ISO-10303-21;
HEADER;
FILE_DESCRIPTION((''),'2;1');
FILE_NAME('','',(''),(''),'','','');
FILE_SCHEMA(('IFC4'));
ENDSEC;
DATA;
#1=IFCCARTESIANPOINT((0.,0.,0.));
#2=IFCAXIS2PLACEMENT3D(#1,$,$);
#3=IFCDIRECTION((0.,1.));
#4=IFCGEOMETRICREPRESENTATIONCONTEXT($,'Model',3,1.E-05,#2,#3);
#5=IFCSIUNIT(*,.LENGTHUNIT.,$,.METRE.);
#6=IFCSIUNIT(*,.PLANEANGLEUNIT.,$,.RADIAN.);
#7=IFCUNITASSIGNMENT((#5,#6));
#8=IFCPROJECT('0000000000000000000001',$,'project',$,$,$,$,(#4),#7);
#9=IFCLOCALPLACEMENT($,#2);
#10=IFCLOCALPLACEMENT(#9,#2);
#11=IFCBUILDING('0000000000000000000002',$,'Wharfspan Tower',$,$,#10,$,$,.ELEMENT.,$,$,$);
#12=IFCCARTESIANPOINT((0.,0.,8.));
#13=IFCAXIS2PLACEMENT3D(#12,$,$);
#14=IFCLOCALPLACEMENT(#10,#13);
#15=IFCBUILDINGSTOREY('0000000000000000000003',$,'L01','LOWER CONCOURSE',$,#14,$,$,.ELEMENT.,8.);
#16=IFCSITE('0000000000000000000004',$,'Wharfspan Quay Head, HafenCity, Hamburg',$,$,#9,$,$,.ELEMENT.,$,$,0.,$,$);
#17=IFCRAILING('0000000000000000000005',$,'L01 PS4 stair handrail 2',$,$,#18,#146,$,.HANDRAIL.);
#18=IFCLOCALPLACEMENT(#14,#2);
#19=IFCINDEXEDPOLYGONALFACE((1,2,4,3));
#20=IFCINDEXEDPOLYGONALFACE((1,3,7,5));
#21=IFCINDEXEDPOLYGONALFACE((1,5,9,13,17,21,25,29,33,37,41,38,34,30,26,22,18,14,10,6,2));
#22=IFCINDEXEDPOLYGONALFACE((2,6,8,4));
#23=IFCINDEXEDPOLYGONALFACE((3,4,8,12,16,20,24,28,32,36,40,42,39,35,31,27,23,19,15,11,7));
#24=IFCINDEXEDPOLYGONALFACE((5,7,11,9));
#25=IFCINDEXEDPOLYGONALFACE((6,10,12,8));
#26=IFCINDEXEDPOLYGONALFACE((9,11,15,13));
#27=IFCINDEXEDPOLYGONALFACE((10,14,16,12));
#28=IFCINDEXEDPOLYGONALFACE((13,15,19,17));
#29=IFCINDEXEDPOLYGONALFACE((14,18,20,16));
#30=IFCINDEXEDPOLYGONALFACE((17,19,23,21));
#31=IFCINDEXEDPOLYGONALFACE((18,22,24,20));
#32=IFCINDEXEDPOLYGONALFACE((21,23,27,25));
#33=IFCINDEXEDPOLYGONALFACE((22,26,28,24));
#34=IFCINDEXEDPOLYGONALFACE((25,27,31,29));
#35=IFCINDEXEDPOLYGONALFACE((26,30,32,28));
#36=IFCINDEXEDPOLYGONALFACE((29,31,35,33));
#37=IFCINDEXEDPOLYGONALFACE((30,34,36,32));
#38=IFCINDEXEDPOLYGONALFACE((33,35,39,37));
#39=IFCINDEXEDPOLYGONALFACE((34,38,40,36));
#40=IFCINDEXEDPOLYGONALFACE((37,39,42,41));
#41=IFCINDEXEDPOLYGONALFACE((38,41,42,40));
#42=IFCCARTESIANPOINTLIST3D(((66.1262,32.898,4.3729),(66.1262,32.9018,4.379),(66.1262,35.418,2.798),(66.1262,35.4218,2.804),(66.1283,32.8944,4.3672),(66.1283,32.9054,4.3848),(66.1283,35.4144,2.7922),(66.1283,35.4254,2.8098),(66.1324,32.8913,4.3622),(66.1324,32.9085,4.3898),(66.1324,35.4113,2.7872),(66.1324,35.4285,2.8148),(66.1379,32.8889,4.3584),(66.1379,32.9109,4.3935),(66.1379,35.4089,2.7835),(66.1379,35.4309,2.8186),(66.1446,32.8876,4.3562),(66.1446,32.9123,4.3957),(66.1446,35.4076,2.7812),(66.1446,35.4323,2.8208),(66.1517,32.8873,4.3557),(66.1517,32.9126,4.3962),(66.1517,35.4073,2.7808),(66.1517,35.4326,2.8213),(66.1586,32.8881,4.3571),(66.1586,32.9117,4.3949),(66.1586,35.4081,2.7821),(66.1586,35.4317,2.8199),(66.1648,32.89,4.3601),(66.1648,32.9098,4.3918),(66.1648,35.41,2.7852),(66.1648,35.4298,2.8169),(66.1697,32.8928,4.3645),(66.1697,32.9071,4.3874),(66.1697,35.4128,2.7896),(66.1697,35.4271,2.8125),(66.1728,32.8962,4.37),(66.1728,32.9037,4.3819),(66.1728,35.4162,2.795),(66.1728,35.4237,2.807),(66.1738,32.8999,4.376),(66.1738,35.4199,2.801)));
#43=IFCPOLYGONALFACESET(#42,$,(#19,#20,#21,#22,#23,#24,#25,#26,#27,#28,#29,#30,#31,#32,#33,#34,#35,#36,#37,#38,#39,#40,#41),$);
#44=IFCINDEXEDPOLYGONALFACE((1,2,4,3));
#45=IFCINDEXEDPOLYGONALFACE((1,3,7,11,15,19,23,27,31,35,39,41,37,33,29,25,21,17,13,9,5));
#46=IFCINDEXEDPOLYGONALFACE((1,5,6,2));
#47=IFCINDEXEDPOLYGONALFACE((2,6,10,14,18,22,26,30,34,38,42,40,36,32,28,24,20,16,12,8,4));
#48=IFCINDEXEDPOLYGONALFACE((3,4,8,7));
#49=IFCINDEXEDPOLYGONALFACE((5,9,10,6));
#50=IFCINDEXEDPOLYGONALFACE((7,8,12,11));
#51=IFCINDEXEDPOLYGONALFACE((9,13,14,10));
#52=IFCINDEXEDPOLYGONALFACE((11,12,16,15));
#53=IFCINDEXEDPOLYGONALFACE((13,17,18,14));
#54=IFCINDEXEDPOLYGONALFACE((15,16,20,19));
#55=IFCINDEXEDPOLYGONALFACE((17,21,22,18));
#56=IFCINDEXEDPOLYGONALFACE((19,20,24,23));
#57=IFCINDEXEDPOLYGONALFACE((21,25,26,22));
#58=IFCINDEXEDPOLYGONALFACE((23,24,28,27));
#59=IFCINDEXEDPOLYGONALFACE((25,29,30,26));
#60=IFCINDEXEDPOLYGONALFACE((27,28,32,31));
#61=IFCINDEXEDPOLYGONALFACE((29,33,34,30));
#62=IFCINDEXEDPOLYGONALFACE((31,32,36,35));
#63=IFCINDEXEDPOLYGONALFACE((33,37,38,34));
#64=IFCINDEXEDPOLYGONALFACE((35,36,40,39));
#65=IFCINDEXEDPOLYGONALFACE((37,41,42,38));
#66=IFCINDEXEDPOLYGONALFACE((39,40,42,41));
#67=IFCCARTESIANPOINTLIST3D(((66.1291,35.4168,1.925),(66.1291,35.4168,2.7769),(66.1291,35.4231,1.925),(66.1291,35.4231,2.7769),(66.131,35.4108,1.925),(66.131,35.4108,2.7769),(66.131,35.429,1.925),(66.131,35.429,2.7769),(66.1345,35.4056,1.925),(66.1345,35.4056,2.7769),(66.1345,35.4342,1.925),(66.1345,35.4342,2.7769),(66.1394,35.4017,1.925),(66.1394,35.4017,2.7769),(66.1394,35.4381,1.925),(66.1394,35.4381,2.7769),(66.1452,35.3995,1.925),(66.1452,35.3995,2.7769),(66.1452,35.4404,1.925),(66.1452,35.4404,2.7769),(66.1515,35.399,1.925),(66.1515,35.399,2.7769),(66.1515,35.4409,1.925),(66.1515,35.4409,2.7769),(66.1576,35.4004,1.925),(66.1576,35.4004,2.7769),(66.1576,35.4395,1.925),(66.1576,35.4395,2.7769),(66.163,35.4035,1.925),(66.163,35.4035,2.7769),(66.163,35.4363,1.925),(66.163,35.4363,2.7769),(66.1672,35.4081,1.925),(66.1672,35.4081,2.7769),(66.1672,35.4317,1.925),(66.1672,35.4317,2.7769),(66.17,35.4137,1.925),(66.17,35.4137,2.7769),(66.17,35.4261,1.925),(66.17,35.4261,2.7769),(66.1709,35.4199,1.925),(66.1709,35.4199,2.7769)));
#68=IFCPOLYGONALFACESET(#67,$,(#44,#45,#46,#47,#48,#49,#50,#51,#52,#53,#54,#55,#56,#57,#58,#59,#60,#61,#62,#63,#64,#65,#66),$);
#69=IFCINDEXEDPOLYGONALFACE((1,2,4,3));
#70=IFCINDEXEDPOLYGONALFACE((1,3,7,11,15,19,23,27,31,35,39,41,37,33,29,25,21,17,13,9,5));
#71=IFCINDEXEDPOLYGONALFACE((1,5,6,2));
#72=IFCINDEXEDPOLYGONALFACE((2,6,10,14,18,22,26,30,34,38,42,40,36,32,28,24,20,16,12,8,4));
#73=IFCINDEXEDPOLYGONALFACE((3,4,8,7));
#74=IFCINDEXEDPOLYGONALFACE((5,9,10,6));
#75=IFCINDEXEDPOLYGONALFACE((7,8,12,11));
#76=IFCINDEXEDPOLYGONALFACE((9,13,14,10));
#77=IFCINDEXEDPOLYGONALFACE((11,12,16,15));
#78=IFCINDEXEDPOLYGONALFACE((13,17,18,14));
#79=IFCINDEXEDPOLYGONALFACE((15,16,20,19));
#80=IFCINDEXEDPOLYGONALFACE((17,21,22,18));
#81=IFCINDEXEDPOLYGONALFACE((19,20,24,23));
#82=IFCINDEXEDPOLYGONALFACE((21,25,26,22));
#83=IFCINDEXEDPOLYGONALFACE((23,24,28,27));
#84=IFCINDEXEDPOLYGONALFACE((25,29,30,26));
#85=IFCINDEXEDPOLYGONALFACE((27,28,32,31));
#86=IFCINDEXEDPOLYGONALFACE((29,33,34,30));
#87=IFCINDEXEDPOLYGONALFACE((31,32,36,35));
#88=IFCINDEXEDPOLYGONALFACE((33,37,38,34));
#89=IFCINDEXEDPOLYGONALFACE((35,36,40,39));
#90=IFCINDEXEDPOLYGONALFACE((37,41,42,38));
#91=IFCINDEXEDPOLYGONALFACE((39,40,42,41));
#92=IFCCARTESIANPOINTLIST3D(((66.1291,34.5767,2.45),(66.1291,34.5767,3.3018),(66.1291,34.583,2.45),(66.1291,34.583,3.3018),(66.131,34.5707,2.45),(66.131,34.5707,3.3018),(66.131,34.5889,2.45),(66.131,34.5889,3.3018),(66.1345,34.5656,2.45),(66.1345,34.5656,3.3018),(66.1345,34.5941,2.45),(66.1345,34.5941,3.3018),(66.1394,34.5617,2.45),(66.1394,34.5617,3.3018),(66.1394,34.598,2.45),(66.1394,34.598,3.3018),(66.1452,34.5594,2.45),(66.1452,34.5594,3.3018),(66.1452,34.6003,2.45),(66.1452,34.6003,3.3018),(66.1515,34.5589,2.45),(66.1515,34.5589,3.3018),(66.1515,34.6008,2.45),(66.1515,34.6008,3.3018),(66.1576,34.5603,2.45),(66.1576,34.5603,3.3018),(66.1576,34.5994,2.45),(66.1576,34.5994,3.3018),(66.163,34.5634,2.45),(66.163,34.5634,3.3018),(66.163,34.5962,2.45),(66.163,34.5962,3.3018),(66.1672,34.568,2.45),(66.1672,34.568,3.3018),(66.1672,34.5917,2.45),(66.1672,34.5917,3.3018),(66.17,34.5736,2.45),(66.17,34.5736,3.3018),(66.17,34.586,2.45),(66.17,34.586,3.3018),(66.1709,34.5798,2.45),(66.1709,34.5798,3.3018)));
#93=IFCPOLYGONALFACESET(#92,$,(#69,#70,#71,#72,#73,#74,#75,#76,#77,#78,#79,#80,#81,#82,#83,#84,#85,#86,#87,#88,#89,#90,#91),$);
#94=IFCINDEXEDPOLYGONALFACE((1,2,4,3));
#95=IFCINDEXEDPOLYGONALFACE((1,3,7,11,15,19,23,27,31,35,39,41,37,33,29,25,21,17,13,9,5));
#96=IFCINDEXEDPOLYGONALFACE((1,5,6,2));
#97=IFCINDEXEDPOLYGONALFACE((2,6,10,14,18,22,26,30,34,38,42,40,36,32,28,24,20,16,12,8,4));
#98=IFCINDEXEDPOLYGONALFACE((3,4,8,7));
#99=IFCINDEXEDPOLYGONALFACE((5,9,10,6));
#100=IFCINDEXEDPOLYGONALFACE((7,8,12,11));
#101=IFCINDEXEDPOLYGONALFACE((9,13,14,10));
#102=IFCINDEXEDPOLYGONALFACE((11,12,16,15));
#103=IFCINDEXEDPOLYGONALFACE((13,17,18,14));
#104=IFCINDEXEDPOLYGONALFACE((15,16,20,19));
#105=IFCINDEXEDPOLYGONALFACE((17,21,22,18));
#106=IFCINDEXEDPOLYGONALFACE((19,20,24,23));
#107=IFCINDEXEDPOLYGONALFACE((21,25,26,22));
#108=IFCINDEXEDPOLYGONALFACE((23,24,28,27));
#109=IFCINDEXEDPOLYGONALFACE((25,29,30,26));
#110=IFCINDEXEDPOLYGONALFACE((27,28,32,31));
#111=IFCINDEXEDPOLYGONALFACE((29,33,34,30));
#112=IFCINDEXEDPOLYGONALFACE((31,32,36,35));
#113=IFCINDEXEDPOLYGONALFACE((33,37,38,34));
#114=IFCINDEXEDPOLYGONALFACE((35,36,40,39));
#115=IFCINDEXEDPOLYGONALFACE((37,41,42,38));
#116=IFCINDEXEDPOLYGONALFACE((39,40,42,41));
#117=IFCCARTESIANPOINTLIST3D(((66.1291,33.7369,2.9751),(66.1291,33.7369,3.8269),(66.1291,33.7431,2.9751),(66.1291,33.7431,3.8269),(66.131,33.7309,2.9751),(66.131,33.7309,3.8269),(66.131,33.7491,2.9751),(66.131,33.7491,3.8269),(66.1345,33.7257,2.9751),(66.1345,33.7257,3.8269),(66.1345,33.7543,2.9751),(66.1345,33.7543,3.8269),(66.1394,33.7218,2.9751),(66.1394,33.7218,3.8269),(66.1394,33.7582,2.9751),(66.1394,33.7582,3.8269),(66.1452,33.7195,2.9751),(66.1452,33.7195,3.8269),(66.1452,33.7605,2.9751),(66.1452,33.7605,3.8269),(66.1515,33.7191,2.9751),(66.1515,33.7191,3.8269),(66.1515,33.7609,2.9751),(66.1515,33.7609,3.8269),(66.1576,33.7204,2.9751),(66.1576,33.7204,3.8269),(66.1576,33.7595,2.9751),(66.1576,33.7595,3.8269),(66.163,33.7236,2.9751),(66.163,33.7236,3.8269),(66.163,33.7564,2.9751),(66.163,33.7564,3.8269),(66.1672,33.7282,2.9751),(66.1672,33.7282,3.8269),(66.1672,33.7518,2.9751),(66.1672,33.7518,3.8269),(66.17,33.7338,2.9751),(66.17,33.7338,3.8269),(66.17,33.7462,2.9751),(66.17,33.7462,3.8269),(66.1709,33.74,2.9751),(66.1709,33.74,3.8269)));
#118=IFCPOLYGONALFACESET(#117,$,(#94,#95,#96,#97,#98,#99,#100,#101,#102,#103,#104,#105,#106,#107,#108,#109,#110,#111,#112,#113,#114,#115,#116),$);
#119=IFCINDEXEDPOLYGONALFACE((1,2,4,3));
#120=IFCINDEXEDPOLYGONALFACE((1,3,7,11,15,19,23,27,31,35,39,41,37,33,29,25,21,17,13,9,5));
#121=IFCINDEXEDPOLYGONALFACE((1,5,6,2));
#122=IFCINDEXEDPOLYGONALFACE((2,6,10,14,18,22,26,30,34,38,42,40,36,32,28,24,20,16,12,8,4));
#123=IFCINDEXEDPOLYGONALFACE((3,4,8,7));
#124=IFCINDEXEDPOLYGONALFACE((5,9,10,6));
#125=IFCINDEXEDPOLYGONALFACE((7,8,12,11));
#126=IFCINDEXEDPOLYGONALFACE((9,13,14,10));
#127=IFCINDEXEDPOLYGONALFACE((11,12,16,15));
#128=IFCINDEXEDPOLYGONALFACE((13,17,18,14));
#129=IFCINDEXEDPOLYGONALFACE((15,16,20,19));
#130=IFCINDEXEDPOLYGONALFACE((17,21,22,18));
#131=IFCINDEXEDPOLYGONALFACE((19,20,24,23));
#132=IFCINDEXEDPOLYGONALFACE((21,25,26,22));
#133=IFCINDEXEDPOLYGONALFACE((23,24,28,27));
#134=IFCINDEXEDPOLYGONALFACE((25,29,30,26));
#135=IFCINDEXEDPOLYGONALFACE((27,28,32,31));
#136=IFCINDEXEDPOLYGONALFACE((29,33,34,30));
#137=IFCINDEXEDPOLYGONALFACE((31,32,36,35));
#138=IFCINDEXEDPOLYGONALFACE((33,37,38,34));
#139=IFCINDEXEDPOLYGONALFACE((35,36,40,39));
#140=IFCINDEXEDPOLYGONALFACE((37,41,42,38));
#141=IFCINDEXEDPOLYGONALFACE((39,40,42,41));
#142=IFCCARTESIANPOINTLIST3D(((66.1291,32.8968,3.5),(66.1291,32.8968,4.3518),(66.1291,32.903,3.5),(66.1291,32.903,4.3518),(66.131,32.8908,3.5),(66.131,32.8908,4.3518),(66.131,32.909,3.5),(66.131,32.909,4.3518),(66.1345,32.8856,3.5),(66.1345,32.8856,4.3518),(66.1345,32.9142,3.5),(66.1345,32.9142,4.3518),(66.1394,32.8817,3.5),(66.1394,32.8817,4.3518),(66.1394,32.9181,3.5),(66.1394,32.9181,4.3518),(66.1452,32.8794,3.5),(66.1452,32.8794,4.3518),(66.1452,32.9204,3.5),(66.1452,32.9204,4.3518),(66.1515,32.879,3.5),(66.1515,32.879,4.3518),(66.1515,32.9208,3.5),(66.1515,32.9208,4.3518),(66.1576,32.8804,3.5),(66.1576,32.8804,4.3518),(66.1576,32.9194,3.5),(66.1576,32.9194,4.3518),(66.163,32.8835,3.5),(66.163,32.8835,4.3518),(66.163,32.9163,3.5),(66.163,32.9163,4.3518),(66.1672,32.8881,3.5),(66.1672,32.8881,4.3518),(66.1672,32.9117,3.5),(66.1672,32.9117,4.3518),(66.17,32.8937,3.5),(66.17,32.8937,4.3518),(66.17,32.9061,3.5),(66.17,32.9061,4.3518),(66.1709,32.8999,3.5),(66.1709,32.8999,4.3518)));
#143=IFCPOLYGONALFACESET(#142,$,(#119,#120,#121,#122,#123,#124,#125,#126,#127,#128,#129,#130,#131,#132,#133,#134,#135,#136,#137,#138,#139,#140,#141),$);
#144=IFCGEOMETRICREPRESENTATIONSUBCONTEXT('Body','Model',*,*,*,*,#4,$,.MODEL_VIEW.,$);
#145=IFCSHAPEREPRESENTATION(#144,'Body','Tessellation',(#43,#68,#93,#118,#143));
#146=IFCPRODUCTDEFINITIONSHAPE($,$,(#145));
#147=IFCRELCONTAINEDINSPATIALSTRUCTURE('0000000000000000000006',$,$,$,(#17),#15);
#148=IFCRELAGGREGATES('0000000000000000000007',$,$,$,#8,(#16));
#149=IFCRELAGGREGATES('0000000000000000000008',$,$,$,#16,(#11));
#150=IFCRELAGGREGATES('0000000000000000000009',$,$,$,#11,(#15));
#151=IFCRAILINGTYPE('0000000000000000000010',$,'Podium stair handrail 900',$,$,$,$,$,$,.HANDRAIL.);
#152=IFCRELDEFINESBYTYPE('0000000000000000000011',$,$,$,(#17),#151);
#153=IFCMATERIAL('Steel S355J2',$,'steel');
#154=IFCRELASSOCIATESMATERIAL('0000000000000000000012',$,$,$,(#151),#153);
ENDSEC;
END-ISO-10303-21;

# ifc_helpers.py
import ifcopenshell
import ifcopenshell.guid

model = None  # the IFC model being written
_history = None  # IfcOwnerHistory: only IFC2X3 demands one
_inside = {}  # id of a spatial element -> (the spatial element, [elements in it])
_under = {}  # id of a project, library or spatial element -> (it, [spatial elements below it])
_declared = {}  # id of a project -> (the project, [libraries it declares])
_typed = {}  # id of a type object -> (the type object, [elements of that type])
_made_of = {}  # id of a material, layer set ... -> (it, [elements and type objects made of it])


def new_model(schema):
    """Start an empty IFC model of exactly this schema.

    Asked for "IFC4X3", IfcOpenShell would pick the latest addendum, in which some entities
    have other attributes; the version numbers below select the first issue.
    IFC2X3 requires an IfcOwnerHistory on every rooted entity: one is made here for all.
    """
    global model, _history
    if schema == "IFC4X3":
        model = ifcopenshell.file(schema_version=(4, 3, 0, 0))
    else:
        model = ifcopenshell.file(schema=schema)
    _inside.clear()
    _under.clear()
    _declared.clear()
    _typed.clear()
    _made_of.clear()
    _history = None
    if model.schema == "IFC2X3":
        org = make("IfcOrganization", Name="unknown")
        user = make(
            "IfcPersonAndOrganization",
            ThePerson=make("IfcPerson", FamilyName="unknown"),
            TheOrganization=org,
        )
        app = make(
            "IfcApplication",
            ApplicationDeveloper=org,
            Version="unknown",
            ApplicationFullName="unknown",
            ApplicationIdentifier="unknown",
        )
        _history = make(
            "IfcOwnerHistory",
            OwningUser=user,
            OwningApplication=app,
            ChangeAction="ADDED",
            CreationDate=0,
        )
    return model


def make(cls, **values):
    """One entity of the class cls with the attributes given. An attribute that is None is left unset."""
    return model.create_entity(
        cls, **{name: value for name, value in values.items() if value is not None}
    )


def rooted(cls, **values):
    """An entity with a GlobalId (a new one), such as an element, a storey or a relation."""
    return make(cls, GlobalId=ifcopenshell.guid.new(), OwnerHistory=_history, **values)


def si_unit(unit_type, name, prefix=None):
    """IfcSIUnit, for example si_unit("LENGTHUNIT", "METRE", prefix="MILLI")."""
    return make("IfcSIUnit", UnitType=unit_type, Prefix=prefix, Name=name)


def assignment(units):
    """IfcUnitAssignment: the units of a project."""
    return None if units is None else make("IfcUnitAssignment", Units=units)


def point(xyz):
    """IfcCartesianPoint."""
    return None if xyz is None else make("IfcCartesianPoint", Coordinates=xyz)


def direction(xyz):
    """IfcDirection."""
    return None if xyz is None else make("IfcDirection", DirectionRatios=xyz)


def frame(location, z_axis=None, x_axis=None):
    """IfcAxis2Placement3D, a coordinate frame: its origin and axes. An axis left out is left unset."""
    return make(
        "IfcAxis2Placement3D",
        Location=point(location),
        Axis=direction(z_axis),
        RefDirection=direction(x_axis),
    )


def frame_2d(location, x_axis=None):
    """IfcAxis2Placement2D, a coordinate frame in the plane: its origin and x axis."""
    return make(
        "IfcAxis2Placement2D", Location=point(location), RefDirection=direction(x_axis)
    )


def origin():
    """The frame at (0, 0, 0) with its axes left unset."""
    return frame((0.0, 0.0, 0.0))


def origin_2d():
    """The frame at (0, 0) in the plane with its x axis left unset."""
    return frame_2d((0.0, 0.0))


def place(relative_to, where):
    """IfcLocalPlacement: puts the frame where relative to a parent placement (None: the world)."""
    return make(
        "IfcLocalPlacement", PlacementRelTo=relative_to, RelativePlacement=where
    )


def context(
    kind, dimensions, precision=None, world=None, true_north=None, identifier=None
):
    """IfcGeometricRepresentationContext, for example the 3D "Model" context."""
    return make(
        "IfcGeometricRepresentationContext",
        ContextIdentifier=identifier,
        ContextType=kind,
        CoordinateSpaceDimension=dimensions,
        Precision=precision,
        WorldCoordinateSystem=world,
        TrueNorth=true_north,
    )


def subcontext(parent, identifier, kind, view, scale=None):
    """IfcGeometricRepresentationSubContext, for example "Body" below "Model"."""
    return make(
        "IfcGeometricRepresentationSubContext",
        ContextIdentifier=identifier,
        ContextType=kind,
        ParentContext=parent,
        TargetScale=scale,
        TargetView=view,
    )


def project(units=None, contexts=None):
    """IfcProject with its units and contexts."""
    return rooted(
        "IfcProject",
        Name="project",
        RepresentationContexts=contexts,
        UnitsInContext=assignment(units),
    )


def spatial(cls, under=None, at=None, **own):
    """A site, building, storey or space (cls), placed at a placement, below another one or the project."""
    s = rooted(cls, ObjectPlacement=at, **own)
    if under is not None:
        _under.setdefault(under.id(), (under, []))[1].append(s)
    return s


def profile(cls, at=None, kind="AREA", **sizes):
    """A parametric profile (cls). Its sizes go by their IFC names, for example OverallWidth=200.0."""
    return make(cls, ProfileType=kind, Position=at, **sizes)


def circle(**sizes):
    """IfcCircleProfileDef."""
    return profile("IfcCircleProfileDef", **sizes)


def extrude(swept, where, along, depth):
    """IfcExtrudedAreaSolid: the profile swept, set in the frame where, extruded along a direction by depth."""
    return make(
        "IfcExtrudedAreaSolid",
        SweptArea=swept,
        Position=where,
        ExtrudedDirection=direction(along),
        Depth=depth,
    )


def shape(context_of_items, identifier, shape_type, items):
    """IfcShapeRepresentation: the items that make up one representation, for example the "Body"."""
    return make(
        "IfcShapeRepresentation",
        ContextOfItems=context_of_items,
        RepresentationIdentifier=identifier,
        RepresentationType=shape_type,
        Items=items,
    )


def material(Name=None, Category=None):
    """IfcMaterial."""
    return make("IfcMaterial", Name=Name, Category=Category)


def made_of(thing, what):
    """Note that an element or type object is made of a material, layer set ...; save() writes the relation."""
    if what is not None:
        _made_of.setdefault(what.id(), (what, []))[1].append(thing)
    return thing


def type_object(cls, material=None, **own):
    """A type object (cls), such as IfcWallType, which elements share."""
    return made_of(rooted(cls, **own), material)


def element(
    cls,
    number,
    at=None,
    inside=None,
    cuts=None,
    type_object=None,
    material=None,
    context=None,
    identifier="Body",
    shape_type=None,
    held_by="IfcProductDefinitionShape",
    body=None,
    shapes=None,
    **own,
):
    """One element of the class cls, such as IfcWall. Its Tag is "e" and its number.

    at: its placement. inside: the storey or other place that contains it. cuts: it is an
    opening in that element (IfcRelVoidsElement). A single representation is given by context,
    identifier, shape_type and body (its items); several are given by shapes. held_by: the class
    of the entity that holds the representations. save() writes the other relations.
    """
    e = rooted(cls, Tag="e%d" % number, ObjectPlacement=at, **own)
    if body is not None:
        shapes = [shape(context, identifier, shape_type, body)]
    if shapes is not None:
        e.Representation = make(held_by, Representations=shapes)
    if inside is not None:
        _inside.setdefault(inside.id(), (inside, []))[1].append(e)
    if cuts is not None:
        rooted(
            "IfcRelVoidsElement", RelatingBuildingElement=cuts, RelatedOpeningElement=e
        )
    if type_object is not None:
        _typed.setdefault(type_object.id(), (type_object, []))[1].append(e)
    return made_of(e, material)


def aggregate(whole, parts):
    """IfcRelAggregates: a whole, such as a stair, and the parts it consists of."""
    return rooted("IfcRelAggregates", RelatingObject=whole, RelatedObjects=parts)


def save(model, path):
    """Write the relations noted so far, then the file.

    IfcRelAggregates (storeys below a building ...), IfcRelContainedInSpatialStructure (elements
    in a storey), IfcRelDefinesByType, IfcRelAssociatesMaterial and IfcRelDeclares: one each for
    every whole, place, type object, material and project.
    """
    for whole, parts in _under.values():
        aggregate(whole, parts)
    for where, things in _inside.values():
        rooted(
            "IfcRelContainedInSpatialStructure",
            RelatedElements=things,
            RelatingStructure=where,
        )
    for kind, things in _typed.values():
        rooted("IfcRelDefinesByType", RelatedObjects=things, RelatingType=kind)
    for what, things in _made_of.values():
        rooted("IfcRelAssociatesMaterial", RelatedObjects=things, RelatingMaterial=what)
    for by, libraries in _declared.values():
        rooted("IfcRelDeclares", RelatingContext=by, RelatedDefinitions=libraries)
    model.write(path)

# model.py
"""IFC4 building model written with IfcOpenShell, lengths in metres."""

from ifc_helpers import new_model, si_unit, direction, frame, origin, origin_2d, place, context, subcontext, project, spatial, circle, extrude, material, type_object, element, save


model = new_model("IFC4")

# Units and contexts
model_context = context("Model", 3, precision=1e-05, world=origin(), true_north=direction((0.0, 1.0)))
body_context = subcontext(model_context, "Body", "Model", "MODEL_VIEW")
ifc_project = project(units=[si_unit("LENGTHUNIT", "METRE"), si_unit("PLANEANGLEUNIT", "RADIAN")], contexts=[model_context])

# Site, building, storey
site_placement = place(None, origin())
site = spatial("IfcSite", under=ifc_project, at=site_placement, Name="Wharfspan Quay Head, HafenCity, Hamburg", CompositionType="ELEMENT", RefElevation=0.0)
building_placement = place(site_placement, origin())
building = spatial("IfcBuilding", under=site, at=building_placement, Name="Wharfspan Tower", CompositionType="ELEMENT")
storey_placement = place(building_placement, frame((0.0, 0.0, 8.0)))
storey = spatial("IfcBuildingStorey", under=building, at=storey_placement, Name="L01", Description="LOWER CONCOURSE", CompositionType="ELEMENT", Elevation=8.0)

# Railing
ifc_material_1 = material(Name="Steel S355J2", Category="steel")
railing_type_1 = type_object("IfcRailingType", Name="Podium stair handrail 900", PredefinedType="HANDRAIL", material=ifc_material_1)
railing_1_placement = place(storey_placement, frame((66.1499, 35.4199, 1.925)))
element("IfcRailing", 1, at=railing_1_placement, inside=storey, type_object=railing_type_1, Name="L01 PS4 stair handrail 2", PredefinedType="HANDRAIL", context=body_context, shape_type="SweptSolid", body=[
    extrude(circle(Radius=0.0239, at=origin_2d()), frame((0.0, 0.0, 0.876), z_axis=(0.0, -0.848008, 0.529984), x_axis=(1.0, 0.0, 0.0)), (0.0, 0.0, 1.0), 2.9717),
    extrude(circle(Radius=0.021, at=origin_2d()), origin(), (0.0, 0.0, 1.0), 0.8518),
    extrude(circle(Radius=0.021, at=origin_2d()), frame((0.0, -0.8401, 0.5249)), (0.0, 0.0, 1.0), 0.8518),
    extrude(circle(Radius=0.021, at=origin_2d()), frame((0.0, -1.6799, 1.05)), (0.0, 0.0, 1.0), 0.8518),
    extrude(circle(Radius=0.021, at=origin_2d()), frame((0.0, -2.52, 1.575)), (0.0, 0.0, 1.0), 0.8518),
])

save(model, "model.ifc")
